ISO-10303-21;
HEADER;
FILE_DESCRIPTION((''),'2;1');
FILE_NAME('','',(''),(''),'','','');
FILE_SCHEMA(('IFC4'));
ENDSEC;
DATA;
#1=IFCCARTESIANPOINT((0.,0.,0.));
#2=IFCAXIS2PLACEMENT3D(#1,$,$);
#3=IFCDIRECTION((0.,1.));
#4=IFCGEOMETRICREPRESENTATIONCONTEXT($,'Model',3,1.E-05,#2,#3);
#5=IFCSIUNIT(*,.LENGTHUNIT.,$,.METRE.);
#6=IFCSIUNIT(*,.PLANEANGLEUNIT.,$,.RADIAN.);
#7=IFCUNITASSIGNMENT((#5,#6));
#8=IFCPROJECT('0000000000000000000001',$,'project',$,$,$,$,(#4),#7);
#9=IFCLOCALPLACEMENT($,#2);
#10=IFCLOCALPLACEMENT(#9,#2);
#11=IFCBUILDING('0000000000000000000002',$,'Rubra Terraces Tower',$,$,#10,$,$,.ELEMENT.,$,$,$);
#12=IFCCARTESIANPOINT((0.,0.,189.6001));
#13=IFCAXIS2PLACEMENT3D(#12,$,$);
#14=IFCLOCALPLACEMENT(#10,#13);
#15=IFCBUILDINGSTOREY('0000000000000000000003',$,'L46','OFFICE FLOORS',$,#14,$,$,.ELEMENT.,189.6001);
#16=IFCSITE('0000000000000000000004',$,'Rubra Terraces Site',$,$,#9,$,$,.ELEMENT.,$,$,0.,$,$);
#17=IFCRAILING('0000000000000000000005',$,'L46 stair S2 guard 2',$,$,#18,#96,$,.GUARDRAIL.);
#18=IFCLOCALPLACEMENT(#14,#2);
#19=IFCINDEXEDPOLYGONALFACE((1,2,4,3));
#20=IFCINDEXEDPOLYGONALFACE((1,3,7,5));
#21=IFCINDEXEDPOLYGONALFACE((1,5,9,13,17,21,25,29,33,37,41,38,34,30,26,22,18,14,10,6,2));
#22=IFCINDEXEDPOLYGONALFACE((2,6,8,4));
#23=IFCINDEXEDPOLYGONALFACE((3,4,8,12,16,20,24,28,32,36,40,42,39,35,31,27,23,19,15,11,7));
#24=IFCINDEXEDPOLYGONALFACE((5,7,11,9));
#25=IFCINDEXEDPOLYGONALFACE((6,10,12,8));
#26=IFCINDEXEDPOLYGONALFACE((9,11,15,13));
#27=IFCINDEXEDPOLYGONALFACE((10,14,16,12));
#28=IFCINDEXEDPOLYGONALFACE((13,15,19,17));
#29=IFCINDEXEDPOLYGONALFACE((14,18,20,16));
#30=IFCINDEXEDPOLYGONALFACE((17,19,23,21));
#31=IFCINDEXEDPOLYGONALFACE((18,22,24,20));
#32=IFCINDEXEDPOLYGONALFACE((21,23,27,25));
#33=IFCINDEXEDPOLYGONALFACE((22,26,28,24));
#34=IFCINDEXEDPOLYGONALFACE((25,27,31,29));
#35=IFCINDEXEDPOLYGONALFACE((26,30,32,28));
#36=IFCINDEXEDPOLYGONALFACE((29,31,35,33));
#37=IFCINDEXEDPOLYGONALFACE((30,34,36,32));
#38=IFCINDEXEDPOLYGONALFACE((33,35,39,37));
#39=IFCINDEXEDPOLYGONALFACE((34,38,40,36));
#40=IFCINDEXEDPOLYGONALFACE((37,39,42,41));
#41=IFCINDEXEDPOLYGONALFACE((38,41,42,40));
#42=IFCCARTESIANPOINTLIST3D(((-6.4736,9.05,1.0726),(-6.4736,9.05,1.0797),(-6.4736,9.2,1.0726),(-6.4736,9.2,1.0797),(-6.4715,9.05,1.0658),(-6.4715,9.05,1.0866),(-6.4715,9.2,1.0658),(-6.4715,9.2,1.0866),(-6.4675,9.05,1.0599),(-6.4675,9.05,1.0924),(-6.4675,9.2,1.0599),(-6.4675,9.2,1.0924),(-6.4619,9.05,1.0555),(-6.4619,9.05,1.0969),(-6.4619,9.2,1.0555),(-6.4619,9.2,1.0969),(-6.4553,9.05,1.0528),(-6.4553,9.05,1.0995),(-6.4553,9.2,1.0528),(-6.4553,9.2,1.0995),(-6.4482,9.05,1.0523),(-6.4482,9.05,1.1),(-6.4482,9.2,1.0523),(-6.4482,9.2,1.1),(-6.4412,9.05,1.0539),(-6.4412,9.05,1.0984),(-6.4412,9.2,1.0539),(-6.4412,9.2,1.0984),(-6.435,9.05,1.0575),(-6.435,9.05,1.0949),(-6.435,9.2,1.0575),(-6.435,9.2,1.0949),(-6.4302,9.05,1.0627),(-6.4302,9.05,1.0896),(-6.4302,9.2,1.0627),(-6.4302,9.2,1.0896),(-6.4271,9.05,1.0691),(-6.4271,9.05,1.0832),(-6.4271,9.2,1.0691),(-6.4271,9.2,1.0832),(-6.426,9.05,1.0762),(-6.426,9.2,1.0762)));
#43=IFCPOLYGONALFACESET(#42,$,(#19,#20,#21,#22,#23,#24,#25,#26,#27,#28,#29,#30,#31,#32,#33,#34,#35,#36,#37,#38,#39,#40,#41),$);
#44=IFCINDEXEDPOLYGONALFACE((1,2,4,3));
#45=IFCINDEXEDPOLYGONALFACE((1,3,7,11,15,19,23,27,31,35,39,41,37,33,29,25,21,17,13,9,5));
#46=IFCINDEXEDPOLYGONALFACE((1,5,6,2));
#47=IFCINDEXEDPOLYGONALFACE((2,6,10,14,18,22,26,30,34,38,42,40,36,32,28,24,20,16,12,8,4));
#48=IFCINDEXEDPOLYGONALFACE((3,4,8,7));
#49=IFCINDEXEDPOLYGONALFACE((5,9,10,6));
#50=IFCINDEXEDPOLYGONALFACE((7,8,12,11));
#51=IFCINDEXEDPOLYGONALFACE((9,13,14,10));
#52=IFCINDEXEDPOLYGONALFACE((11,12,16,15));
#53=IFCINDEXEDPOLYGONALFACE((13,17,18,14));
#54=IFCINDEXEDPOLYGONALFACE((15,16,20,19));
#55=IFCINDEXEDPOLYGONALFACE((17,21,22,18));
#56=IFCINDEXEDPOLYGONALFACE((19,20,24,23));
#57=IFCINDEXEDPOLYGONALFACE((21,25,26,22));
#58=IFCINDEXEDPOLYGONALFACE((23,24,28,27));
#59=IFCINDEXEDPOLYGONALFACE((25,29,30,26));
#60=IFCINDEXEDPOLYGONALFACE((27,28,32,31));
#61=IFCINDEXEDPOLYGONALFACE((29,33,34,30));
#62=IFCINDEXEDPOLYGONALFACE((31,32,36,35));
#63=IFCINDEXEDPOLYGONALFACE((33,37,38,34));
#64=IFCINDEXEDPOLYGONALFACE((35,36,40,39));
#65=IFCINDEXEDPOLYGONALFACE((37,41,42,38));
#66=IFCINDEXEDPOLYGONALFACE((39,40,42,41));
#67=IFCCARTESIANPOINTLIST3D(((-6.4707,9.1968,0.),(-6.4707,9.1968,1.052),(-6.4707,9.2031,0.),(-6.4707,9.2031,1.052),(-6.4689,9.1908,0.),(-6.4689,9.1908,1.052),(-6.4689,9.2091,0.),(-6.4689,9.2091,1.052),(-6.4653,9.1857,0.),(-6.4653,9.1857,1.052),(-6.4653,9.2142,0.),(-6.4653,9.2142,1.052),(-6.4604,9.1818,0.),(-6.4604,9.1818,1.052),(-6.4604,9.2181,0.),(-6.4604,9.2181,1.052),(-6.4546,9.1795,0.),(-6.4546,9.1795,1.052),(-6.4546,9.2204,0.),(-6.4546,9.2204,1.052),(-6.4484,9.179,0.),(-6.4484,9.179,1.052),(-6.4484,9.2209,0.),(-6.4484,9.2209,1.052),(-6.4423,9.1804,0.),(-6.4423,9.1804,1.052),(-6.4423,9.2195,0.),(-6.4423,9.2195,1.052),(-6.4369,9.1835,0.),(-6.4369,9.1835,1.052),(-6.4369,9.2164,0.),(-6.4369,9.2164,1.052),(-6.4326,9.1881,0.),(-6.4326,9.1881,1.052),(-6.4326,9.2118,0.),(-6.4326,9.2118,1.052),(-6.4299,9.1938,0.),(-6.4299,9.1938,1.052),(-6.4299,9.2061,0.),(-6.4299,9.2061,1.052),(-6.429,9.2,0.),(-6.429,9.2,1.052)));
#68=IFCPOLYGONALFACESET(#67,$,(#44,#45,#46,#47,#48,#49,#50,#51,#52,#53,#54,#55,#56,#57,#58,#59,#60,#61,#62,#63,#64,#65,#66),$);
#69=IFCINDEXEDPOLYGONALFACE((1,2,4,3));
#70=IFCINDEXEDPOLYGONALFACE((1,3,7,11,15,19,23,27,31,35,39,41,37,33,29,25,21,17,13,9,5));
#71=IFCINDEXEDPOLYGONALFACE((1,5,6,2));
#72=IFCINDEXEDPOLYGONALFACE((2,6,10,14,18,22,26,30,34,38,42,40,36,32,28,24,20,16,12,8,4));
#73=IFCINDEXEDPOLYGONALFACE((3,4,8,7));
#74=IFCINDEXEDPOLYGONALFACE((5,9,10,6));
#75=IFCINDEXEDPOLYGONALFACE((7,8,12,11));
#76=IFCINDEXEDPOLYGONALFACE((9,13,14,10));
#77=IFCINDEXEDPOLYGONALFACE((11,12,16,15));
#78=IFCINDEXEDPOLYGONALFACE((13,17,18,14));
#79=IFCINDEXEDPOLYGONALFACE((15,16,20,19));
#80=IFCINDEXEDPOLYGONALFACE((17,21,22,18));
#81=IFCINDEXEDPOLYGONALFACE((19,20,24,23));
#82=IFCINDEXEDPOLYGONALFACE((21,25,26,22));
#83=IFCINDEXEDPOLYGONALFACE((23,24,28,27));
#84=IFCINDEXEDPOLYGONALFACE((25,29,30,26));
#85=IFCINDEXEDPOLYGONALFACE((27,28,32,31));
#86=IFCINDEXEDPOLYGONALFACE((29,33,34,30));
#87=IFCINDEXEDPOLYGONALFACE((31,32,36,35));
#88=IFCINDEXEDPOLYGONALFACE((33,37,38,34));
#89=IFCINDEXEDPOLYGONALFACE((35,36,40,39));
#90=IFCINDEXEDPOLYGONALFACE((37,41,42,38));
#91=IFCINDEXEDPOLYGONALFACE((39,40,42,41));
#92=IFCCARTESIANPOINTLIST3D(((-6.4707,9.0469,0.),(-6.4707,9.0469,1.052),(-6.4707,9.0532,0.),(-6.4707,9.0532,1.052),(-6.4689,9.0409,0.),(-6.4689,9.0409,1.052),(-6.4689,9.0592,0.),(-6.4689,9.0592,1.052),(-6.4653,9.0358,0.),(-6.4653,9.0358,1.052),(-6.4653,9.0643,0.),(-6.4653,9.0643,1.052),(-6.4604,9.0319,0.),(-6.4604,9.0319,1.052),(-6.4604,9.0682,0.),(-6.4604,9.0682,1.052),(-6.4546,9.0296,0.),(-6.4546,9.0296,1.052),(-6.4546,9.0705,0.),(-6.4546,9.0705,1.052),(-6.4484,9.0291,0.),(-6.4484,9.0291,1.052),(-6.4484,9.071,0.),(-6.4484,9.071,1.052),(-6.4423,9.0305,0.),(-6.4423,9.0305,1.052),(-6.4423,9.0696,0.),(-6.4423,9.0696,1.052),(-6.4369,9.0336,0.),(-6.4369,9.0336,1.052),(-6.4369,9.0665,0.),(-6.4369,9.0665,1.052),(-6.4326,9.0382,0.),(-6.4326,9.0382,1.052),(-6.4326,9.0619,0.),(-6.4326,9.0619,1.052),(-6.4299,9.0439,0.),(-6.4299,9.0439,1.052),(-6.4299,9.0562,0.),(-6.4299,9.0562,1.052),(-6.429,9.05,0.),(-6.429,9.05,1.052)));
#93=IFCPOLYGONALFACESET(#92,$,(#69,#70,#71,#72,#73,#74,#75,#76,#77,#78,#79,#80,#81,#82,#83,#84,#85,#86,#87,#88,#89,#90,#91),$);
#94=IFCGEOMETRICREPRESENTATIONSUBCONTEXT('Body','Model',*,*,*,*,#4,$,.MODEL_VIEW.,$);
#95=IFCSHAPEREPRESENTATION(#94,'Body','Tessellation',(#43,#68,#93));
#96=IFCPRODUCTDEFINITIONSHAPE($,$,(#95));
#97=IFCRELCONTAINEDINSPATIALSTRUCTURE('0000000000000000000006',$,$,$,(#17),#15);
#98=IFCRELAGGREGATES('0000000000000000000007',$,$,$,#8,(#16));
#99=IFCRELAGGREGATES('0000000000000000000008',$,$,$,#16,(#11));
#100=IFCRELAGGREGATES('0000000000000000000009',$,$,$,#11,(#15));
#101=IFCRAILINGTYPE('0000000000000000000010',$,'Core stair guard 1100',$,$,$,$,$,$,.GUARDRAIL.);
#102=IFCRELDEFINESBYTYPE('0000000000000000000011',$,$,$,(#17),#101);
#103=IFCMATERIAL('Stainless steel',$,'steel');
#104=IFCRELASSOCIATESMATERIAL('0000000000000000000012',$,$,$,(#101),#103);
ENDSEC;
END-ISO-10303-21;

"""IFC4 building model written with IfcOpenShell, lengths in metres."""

from ifc_helpers import new_model, si_unit, direction, frame, origin, origin_2d, place, context, subcontext, project, spatial, circle, extrude, material, type_object, element, save


model = new_model("IFC4")

# Units and contexts
model_context = context("Model", 3, precision=1e-05, world=origin(), true_north=direction((0.0, 1.0)))
body_context = subcontext(model_context, "Body", "Model", "MODEL_VIEW")
ifc_project = project(units=[si_unit("LENGTHUNIT", "METRE"), si_unit("PLANEANGLEUNIT", "RADIAN")], contexts=[model_context])

# Site, building, storey
site_placement = place(None, origin())
site = spatial("IfcSite", under=ifc_project, at=site_placement, Name="Rubra Terraces Site", CompositionType="ELEMENT", RefElevation=0.0)
building_placement = place(site_placement, origin())
building = spatial("IfcBuilding", under=site, at=building_placement, Name="Rubra Terraces Tower", CompositionType="ELEMENT")
storey_placement = place(building_placement, frame((0.0, 0.0, 189.6001)))
storey = spatial("IfcBuildingStorey", under=building, at=storey_placement, Name="L46", Description="OFFICE FLOORS", CompositionType="ELEMENT", Elevation=189.6001)

# Shared definitions
ifc_material_1 = material(Name="Stainless steel", Category="steel")

# Railing
railing_type_1 = type_object("IfcRailingType", Name="Core stair guard 1100", PredefinedType="GUARDRAIL", material=ifc_material_1)
railing_1_placement = place(storey_placement, frame((-6.45, 9.2, 0.0)))
element("IfcRailing", 1, at=railing_1_placement, inside=storey, type_object=railing_type_1, Name="L46 stair S2 guard 2", PredefinedType="GUARDRAIL", context=body_context, shape_type="SweptSolid", body=[
    extrude(circle(Radius=0.0239, at=origin_2d()), frame((0.0, 0.0, 1.0762), z_axis=(0.0, -1.0, 0.0), x_axis=(1.0, 0.0, 0.0)), (0.0, 0.0, 1.0), 0.1499),
    extrude(circle(Radius=0.021, at=origin_2d()), origin(), (0.0, 0.0, 1.0), 1.052),
    extrude(circle(Radius=0.021, at=origin_2d()), frame((0.0, -0.1499, 0.0)), (0.0, 0.0, 1.0), 1.052),
])

save(model, "model.ifc")
